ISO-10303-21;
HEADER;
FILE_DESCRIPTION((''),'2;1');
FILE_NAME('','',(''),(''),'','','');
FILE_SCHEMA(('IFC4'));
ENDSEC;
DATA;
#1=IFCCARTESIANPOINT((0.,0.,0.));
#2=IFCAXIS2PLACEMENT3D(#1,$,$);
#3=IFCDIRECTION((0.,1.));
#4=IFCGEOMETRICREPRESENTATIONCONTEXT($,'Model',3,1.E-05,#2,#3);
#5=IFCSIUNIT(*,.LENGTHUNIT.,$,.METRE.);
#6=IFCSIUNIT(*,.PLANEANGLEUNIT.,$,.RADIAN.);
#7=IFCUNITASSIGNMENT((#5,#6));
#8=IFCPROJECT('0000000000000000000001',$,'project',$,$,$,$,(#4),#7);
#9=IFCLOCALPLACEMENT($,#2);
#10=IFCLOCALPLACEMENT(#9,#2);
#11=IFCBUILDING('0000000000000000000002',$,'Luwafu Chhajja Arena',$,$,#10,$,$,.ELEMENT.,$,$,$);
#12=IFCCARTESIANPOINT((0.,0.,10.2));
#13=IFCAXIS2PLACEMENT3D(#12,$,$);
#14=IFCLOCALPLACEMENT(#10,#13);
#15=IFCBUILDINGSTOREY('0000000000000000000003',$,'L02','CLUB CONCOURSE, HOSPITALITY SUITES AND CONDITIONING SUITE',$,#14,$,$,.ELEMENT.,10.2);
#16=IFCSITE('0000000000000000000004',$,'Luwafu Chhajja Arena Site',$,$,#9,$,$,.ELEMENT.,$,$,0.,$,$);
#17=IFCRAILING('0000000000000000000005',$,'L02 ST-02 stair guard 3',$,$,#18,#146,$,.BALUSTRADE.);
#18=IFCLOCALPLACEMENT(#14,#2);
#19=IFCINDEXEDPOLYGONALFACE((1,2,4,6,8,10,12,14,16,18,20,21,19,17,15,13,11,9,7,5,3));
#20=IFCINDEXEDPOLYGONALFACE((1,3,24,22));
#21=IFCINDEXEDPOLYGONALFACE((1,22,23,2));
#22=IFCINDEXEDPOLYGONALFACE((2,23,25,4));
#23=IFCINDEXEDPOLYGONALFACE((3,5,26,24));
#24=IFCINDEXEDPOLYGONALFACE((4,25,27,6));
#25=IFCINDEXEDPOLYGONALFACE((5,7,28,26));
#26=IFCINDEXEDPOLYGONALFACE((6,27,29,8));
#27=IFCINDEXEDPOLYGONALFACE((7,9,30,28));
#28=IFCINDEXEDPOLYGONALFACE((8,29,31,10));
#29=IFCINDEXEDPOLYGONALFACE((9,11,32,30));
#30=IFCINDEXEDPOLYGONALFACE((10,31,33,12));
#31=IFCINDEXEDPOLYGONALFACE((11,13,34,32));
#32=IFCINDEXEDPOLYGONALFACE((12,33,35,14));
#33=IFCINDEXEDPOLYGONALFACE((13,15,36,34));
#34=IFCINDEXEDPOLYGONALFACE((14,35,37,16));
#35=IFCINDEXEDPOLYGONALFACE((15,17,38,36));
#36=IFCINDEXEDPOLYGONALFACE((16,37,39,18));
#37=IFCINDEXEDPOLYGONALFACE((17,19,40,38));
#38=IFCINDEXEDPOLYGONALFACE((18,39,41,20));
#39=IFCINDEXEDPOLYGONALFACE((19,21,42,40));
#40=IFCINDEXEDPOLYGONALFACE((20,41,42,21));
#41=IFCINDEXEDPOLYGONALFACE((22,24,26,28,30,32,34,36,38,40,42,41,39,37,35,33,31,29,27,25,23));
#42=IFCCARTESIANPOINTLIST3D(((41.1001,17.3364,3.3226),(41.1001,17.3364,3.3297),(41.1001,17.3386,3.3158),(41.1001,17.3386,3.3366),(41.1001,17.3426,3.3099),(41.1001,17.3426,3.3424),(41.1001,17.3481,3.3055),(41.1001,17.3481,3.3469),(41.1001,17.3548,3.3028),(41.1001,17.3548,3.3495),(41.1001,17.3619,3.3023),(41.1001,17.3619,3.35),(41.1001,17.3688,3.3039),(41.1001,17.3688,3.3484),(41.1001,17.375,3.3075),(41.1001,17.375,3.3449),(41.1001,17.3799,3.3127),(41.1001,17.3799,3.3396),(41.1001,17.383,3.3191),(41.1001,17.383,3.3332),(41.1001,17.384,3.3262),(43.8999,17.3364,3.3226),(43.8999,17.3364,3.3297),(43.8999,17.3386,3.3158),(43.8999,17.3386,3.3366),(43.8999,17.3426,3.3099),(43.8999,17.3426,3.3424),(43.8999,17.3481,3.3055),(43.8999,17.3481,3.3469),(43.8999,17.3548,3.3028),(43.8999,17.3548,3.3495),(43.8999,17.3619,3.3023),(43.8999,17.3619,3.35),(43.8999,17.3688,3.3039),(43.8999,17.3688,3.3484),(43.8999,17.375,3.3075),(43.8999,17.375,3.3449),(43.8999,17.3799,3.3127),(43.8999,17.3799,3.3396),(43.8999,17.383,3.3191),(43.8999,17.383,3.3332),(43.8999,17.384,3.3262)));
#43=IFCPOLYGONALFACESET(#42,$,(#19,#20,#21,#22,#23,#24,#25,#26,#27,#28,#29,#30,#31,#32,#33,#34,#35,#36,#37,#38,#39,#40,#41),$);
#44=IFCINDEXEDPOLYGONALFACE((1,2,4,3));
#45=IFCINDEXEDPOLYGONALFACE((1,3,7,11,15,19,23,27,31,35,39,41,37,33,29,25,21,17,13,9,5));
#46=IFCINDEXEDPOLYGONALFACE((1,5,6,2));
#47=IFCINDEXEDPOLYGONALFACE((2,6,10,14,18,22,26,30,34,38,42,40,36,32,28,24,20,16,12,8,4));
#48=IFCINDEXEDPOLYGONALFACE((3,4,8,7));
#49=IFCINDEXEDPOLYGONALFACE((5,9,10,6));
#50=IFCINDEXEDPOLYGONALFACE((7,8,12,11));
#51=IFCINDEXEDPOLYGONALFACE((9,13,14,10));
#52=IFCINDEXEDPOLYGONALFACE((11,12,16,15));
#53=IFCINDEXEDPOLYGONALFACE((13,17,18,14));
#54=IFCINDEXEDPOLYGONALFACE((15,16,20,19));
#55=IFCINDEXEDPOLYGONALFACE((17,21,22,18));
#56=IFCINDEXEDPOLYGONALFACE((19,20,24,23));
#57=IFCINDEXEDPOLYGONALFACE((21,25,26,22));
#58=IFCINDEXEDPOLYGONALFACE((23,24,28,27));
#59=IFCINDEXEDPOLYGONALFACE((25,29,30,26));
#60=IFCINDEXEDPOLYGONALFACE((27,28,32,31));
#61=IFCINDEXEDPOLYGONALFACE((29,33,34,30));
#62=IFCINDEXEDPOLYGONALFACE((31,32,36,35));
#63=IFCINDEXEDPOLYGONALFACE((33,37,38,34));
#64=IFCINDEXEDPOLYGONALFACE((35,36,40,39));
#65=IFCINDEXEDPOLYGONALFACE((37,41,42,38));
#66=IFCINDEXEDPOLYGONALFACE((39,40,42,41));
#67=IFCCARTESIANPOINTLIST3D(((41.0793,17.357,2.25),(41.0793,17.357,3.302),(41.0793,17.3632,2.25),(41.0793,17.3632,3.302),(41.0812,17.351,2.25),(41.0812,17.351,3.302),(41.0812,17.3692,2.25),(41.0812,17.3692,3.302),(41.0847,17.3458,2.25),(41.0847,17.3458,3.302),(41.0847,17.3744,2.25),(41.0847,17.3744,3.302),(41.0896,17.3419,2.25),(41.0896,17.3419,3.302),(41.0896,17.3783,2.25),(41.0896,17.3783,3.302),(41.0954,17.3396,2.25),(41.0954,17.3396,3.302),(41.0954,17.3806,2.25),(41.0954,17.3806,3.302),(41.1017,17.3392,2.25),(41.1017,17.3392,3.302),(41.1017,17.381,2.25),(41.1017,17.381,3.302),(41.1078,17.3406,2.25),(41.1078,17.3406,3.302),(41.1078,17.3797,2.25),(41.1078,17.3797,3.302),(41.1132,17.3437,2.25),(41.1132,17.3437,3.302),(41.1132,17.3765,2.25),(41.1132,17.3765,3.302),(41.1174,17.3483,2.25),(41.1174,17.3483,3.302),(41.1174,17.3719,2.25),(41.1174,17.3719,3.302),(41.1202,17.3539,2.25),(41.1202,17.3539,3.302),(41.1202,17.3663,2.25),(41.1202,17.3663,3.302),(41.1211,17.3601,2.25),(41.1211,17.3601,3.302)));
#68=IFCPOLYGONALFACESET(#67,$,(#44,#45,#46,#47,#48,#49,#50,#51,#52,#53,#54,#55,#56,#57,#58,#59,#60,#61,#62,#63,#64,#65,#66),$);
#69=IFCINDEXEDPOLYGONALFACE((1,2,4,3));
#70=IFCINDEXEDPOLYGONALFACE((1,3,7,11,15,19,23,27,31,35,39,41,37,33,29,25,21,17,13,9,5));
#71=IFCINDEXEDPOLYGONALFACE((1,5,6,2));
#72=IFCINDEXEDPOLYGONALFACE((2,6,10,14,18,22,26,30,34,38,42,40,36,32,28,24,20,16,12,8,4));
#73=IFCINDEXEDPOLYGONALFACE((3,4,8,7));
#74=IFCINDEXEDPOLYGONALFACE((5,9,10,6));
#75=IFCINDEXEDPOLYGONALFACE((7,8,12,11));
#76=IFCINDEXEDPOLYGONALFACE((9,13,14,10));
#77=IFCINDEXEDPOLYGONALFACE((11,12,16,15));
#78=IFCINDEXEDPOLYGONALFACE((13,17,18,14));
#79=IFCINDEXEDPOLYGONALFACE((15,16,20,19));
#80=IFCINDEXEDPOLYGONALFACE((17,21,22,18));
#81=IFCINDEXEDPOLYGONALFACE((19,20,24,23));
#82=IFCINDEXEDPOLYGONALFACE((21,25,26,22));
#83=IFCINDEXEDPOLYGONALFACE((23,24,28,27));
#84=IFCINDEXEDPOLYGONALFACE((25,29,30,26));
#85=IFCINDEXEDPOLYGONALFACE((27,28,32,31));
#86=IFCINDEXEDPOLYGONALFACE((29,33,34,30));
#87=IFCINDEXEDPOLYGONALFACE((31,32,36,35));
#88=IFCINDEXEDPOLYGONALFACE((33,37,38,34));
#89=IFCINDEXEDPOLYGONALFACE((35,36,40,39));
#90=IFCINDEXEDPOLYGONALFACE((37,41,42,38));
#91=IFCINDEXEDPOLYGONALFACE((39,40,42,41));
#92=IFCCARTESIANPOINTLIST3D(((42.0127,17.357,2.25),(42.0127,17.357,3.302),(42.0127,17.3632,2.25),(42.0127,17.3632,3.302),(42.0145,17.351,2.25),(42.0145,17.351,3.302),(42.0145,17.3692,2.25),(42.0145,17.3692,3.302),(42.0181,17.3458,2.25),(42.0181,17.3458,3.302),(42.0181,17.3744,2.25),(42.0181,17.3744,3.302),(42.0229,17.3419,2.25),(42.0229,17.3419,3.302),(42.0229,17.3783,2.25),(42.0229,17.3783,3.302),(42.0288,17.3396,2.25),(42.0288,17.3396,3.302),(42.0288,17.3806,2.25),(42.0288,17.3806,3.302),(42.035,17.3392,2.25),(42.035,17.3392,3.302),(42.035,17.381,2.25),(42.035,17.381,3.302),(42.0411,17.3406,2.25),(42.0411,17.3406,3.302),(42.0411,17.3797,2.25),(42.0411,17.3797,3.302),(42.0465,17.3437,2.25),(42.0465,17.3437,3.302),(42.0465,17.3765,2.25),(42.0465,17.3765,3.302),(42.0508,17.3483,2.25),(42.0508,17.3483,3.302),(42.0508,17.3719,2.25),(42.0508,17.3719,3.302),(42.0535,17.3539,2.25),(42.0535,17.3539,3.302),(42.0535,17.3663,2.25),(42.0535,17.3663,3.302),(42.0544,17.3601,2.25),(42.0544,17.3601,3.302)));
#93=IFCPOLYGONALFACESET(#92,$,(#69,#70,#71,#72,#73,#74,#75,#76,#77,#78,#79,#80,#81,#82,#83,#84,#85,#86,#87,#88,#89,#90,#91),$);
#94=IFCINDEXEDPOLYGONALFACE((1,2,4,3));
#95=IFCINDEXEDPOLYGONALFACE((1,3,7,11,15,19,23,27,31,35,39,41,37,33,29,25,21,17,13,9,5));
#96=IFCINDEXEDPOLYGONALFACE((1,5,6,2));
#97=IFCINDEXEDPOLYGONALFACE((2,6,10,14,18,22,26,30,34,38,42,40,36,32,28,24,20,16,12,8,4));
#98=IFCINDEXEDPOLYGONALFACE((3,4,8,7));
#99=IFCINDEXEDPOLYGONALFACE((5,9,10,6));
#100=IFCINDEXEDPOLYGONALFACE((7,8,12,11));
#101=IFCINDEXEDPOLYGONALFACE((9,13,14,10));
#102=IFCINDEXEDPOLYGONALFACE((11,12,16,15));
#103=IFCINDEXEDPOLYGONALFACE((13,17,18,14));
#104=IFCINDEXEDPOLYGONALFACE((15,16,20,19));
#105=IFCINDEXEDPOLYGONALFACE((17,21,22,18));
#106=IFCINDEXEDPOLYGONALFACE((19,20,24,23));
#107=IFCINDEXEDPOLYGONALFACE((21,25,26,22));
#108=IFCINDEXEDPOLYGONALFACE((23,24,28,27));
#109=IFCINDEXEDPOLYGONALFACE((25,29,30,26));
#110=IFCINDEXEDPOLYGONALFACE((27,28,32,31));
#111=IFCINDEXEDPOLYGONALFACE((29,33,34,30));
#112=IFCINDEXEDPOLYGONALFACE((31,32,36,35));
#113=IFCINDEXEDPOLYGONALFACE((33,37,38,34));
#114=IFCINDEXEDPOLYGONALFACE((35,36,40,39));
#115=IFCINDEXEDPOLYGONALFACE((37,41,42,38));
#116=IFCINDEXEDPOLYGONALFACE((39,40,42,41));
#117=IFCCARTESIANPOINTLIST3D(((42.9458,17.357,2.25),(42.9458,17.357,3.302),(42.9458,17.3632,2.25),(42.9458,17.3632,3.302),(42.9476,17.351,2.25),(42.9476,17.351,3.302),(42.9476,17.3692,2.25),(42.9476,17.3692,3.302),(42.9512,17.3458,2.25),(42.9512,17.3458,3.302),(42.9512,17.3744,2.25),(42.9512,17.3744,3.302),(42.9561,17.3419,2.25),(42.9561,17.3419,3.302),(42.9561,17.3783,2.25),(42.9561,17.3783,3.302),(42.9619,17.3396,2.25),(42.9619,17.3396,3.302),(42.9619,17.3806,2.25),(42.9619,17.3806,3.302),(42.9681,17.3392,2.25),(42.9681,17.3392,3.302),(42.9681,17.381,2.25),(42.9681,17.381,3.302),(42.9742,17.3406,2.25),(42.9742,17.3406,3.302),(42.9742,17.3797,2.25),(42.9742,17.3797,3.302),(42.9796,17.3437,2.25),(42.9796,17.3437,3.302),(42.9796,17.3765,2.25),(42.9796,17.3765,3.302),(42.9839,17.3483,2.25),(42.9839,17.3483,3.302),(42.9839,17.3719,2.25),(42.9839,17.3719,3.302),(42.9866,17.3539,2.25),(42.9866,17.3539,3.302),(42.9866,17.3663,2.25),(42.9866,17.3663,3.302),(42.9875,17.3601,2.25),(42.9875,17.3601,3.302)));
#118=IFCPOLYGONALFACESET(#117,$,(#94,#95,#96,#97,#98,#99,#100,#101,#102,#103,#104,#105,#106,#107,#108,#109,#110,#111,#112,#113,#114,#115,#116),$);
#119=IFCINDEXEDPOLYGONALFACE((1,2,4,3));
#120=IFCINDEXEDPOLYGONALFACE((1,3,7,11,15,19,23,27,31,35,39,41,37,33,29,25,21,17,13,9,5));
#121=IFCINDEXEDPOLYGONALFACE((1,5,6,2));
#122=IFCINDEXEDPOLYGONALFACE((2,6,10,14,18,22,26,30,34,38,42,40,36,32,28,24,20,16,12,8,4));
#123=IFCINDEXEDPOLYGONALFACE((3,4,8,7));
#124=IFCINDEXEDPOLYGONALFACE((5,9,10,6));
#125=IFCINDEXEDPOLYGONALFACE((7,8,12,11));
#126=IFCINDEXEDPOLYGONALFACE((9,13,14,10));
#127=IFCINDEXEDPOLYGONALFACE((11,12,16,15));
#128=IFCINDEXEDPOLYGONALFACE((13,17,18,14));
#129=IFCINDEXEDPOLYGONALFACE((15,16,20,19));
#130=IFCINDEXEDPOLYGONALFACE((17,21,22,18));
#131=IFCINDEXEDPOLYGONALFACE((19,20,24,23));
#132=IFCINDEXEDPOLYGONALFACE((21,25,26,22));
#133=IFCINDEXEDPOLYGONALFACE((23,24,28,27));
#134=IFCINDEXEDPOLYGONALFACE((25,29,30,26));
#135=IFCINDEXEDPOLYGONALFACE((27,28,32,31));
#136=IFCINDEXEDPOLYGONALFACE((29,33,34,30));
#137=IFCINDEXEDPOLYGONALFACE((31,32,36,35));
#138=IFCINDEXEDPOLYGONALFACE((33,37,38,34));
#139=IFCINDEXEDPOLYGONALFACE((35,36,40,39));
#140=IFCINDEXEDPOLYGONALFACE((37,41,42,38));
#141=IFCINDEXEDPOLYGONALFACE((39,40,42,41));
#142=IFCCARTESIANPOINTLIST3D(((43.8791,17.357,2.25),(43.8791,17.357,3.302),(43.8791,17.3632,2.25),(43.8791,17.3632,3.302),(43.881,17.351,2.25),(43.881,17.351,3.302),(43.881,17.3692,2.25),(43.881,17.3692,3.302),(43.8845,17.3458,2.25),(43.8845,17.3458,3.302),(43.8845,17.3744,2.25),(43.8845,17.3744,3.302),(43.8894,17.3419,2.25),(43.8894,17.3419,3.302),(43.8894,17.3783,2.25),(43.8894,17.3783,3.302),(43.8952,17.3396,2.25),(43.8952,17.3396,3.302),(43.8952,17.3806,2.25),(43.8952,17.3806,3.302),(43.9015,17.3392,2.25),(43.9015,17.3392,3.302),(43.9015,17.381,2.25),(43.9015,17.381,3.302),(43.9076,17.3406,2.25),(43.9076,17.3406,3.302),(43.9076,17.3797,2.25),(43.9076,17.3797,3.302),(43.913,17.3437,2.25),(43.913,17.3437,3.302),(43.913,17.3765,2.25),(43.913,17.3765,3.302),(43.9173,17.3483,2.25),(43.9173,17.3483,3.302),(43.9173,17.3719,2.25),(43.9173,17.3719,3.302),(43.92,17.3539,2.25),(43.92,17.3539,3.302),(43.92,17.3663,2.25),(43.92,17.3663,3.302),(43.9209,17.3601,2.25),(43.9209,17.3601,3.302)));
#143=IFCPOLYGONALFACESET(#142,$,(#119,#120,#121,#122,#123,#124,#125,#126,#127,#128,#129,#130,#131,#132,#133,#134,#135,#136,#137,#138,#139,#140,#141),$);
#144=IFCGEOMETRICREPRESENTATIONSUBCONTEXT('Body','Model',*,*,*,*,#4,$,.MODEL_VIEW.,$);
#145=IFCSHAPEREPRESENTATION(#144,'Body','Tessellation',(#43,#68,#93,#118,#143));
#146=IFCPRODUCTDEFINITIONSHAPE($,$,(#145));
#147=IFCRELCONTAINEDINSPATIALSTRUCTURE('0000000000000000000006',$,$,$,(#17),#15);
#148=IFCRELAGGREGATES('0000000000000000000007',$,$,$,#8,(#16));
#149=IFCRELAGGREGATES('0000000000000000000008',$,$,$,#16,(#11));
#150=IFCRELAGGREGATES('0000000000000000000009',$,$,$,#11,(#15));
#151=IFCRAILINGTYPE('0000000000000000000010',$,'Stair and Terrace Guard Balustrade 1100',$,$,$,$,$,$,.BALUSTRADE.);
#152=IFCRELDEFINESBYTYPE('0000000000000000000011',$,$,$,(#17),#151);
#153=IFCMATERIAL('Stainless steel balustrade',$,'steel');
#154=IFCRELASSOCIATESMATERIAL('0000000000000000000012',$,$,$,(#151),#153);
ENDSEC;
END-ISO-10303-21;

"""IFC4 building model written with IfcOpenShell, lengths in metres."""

from ifc_helpers import new_model, si_unit, direction, frame, origin, origin_2d, place, context, subcontext, project, spatial, circle, extrude, material, type_object, element, save


model = new_model("IFC4")

# Units and contexts
model_context = context("Model", 3, precision=1e-05, world=origin(), true_north=direction((0.0, 1.0)))
body_context = subcontext(model_context, "Body", "Model", "MODEL_VIEW")
ifc_project = project(units=[si_unit("LENGTHUNIT", "METRE"), si_unit("PLANEANGLEUNIT", "RADIAN")], contexts=[model_context])

# Site, building, storey
site_placement = place(None, origin())
site = spatial("IfcSite", under=ifc_project, at=site_placement, Name="Luwafu Chhajja Arena Site", CompositionType="ELEMENT", RefElevation=0.0)
building_placement = place(site_placement, origin())
building = spatial("IfcBuilding", under=site, at=building_placement, Name="Luwafu Chhajja Arena", CompositionType="ELEMENT")
storey_placement = place(building_placement, frame((0.0, 0.0, 10.2)))
storey = spatial("IfcBuildingStorey", under=building, at=storey_placement, Name="L02", Description="CLUB CONCOURSE, HOSPITALITY SUITES AND CONDITIONING SUITE", CompositionType="ELEMENT", Elevation=10.2)

# Railing
ifc_material_1 = material(Name="Stainless steel balustrade", Category="steel")
railing_type_1 = type_object("IfcRailingType", Name="Stair and Terrace Guard Balustrade 1100", PredefinedType="BALUSTRADE", material=ifc_material_1)
for number, where, name in (
    (1, (41.1001, 17.3601, 2.25), "L02 ST-02 stair guard 3"),
):
    element("IfcRailing", number, at=place(storey_placement, frame(where)), inside=storey, type_object=railing_type_1, Name=name, PredefinedType="BALUSTRADE", context=body_context, shape_type="SweptSolid", body=[
        extrude(circle(Radius=0.0239, at=origin_2d()), frame((0.0, 0.0, 1.0762), z_axis=(1.0, 0.0, 0.0), x_axis=(0.0, 1.0, 0.0)), (0.0, 0.0, 1.0), 2.7998),
        extrude(circle(Radius=0.021, at=origin_2d()), origin(), (0.0, 0.0, 1.0), 1.052),
        extrude(circle(Radius=0.021, at=origin_2d()), frame((0.9333, 0.0, 0.0)), (0.0, 0.0, 1.0), 1.052),
        extrude(circle(Radius=0.021, at=origin_2d()), frame((1.8665, 0.0, 0.0)), (0.0, 0.0, 1.0), 1.052),
        extrude(circle(Radius=0.021, at=origin_2d()), frame((2.7998, 0.0, 0.0)), (0.0, 0.0, 1.0), 1.052),
    ])

save(model, "model.ifc")
